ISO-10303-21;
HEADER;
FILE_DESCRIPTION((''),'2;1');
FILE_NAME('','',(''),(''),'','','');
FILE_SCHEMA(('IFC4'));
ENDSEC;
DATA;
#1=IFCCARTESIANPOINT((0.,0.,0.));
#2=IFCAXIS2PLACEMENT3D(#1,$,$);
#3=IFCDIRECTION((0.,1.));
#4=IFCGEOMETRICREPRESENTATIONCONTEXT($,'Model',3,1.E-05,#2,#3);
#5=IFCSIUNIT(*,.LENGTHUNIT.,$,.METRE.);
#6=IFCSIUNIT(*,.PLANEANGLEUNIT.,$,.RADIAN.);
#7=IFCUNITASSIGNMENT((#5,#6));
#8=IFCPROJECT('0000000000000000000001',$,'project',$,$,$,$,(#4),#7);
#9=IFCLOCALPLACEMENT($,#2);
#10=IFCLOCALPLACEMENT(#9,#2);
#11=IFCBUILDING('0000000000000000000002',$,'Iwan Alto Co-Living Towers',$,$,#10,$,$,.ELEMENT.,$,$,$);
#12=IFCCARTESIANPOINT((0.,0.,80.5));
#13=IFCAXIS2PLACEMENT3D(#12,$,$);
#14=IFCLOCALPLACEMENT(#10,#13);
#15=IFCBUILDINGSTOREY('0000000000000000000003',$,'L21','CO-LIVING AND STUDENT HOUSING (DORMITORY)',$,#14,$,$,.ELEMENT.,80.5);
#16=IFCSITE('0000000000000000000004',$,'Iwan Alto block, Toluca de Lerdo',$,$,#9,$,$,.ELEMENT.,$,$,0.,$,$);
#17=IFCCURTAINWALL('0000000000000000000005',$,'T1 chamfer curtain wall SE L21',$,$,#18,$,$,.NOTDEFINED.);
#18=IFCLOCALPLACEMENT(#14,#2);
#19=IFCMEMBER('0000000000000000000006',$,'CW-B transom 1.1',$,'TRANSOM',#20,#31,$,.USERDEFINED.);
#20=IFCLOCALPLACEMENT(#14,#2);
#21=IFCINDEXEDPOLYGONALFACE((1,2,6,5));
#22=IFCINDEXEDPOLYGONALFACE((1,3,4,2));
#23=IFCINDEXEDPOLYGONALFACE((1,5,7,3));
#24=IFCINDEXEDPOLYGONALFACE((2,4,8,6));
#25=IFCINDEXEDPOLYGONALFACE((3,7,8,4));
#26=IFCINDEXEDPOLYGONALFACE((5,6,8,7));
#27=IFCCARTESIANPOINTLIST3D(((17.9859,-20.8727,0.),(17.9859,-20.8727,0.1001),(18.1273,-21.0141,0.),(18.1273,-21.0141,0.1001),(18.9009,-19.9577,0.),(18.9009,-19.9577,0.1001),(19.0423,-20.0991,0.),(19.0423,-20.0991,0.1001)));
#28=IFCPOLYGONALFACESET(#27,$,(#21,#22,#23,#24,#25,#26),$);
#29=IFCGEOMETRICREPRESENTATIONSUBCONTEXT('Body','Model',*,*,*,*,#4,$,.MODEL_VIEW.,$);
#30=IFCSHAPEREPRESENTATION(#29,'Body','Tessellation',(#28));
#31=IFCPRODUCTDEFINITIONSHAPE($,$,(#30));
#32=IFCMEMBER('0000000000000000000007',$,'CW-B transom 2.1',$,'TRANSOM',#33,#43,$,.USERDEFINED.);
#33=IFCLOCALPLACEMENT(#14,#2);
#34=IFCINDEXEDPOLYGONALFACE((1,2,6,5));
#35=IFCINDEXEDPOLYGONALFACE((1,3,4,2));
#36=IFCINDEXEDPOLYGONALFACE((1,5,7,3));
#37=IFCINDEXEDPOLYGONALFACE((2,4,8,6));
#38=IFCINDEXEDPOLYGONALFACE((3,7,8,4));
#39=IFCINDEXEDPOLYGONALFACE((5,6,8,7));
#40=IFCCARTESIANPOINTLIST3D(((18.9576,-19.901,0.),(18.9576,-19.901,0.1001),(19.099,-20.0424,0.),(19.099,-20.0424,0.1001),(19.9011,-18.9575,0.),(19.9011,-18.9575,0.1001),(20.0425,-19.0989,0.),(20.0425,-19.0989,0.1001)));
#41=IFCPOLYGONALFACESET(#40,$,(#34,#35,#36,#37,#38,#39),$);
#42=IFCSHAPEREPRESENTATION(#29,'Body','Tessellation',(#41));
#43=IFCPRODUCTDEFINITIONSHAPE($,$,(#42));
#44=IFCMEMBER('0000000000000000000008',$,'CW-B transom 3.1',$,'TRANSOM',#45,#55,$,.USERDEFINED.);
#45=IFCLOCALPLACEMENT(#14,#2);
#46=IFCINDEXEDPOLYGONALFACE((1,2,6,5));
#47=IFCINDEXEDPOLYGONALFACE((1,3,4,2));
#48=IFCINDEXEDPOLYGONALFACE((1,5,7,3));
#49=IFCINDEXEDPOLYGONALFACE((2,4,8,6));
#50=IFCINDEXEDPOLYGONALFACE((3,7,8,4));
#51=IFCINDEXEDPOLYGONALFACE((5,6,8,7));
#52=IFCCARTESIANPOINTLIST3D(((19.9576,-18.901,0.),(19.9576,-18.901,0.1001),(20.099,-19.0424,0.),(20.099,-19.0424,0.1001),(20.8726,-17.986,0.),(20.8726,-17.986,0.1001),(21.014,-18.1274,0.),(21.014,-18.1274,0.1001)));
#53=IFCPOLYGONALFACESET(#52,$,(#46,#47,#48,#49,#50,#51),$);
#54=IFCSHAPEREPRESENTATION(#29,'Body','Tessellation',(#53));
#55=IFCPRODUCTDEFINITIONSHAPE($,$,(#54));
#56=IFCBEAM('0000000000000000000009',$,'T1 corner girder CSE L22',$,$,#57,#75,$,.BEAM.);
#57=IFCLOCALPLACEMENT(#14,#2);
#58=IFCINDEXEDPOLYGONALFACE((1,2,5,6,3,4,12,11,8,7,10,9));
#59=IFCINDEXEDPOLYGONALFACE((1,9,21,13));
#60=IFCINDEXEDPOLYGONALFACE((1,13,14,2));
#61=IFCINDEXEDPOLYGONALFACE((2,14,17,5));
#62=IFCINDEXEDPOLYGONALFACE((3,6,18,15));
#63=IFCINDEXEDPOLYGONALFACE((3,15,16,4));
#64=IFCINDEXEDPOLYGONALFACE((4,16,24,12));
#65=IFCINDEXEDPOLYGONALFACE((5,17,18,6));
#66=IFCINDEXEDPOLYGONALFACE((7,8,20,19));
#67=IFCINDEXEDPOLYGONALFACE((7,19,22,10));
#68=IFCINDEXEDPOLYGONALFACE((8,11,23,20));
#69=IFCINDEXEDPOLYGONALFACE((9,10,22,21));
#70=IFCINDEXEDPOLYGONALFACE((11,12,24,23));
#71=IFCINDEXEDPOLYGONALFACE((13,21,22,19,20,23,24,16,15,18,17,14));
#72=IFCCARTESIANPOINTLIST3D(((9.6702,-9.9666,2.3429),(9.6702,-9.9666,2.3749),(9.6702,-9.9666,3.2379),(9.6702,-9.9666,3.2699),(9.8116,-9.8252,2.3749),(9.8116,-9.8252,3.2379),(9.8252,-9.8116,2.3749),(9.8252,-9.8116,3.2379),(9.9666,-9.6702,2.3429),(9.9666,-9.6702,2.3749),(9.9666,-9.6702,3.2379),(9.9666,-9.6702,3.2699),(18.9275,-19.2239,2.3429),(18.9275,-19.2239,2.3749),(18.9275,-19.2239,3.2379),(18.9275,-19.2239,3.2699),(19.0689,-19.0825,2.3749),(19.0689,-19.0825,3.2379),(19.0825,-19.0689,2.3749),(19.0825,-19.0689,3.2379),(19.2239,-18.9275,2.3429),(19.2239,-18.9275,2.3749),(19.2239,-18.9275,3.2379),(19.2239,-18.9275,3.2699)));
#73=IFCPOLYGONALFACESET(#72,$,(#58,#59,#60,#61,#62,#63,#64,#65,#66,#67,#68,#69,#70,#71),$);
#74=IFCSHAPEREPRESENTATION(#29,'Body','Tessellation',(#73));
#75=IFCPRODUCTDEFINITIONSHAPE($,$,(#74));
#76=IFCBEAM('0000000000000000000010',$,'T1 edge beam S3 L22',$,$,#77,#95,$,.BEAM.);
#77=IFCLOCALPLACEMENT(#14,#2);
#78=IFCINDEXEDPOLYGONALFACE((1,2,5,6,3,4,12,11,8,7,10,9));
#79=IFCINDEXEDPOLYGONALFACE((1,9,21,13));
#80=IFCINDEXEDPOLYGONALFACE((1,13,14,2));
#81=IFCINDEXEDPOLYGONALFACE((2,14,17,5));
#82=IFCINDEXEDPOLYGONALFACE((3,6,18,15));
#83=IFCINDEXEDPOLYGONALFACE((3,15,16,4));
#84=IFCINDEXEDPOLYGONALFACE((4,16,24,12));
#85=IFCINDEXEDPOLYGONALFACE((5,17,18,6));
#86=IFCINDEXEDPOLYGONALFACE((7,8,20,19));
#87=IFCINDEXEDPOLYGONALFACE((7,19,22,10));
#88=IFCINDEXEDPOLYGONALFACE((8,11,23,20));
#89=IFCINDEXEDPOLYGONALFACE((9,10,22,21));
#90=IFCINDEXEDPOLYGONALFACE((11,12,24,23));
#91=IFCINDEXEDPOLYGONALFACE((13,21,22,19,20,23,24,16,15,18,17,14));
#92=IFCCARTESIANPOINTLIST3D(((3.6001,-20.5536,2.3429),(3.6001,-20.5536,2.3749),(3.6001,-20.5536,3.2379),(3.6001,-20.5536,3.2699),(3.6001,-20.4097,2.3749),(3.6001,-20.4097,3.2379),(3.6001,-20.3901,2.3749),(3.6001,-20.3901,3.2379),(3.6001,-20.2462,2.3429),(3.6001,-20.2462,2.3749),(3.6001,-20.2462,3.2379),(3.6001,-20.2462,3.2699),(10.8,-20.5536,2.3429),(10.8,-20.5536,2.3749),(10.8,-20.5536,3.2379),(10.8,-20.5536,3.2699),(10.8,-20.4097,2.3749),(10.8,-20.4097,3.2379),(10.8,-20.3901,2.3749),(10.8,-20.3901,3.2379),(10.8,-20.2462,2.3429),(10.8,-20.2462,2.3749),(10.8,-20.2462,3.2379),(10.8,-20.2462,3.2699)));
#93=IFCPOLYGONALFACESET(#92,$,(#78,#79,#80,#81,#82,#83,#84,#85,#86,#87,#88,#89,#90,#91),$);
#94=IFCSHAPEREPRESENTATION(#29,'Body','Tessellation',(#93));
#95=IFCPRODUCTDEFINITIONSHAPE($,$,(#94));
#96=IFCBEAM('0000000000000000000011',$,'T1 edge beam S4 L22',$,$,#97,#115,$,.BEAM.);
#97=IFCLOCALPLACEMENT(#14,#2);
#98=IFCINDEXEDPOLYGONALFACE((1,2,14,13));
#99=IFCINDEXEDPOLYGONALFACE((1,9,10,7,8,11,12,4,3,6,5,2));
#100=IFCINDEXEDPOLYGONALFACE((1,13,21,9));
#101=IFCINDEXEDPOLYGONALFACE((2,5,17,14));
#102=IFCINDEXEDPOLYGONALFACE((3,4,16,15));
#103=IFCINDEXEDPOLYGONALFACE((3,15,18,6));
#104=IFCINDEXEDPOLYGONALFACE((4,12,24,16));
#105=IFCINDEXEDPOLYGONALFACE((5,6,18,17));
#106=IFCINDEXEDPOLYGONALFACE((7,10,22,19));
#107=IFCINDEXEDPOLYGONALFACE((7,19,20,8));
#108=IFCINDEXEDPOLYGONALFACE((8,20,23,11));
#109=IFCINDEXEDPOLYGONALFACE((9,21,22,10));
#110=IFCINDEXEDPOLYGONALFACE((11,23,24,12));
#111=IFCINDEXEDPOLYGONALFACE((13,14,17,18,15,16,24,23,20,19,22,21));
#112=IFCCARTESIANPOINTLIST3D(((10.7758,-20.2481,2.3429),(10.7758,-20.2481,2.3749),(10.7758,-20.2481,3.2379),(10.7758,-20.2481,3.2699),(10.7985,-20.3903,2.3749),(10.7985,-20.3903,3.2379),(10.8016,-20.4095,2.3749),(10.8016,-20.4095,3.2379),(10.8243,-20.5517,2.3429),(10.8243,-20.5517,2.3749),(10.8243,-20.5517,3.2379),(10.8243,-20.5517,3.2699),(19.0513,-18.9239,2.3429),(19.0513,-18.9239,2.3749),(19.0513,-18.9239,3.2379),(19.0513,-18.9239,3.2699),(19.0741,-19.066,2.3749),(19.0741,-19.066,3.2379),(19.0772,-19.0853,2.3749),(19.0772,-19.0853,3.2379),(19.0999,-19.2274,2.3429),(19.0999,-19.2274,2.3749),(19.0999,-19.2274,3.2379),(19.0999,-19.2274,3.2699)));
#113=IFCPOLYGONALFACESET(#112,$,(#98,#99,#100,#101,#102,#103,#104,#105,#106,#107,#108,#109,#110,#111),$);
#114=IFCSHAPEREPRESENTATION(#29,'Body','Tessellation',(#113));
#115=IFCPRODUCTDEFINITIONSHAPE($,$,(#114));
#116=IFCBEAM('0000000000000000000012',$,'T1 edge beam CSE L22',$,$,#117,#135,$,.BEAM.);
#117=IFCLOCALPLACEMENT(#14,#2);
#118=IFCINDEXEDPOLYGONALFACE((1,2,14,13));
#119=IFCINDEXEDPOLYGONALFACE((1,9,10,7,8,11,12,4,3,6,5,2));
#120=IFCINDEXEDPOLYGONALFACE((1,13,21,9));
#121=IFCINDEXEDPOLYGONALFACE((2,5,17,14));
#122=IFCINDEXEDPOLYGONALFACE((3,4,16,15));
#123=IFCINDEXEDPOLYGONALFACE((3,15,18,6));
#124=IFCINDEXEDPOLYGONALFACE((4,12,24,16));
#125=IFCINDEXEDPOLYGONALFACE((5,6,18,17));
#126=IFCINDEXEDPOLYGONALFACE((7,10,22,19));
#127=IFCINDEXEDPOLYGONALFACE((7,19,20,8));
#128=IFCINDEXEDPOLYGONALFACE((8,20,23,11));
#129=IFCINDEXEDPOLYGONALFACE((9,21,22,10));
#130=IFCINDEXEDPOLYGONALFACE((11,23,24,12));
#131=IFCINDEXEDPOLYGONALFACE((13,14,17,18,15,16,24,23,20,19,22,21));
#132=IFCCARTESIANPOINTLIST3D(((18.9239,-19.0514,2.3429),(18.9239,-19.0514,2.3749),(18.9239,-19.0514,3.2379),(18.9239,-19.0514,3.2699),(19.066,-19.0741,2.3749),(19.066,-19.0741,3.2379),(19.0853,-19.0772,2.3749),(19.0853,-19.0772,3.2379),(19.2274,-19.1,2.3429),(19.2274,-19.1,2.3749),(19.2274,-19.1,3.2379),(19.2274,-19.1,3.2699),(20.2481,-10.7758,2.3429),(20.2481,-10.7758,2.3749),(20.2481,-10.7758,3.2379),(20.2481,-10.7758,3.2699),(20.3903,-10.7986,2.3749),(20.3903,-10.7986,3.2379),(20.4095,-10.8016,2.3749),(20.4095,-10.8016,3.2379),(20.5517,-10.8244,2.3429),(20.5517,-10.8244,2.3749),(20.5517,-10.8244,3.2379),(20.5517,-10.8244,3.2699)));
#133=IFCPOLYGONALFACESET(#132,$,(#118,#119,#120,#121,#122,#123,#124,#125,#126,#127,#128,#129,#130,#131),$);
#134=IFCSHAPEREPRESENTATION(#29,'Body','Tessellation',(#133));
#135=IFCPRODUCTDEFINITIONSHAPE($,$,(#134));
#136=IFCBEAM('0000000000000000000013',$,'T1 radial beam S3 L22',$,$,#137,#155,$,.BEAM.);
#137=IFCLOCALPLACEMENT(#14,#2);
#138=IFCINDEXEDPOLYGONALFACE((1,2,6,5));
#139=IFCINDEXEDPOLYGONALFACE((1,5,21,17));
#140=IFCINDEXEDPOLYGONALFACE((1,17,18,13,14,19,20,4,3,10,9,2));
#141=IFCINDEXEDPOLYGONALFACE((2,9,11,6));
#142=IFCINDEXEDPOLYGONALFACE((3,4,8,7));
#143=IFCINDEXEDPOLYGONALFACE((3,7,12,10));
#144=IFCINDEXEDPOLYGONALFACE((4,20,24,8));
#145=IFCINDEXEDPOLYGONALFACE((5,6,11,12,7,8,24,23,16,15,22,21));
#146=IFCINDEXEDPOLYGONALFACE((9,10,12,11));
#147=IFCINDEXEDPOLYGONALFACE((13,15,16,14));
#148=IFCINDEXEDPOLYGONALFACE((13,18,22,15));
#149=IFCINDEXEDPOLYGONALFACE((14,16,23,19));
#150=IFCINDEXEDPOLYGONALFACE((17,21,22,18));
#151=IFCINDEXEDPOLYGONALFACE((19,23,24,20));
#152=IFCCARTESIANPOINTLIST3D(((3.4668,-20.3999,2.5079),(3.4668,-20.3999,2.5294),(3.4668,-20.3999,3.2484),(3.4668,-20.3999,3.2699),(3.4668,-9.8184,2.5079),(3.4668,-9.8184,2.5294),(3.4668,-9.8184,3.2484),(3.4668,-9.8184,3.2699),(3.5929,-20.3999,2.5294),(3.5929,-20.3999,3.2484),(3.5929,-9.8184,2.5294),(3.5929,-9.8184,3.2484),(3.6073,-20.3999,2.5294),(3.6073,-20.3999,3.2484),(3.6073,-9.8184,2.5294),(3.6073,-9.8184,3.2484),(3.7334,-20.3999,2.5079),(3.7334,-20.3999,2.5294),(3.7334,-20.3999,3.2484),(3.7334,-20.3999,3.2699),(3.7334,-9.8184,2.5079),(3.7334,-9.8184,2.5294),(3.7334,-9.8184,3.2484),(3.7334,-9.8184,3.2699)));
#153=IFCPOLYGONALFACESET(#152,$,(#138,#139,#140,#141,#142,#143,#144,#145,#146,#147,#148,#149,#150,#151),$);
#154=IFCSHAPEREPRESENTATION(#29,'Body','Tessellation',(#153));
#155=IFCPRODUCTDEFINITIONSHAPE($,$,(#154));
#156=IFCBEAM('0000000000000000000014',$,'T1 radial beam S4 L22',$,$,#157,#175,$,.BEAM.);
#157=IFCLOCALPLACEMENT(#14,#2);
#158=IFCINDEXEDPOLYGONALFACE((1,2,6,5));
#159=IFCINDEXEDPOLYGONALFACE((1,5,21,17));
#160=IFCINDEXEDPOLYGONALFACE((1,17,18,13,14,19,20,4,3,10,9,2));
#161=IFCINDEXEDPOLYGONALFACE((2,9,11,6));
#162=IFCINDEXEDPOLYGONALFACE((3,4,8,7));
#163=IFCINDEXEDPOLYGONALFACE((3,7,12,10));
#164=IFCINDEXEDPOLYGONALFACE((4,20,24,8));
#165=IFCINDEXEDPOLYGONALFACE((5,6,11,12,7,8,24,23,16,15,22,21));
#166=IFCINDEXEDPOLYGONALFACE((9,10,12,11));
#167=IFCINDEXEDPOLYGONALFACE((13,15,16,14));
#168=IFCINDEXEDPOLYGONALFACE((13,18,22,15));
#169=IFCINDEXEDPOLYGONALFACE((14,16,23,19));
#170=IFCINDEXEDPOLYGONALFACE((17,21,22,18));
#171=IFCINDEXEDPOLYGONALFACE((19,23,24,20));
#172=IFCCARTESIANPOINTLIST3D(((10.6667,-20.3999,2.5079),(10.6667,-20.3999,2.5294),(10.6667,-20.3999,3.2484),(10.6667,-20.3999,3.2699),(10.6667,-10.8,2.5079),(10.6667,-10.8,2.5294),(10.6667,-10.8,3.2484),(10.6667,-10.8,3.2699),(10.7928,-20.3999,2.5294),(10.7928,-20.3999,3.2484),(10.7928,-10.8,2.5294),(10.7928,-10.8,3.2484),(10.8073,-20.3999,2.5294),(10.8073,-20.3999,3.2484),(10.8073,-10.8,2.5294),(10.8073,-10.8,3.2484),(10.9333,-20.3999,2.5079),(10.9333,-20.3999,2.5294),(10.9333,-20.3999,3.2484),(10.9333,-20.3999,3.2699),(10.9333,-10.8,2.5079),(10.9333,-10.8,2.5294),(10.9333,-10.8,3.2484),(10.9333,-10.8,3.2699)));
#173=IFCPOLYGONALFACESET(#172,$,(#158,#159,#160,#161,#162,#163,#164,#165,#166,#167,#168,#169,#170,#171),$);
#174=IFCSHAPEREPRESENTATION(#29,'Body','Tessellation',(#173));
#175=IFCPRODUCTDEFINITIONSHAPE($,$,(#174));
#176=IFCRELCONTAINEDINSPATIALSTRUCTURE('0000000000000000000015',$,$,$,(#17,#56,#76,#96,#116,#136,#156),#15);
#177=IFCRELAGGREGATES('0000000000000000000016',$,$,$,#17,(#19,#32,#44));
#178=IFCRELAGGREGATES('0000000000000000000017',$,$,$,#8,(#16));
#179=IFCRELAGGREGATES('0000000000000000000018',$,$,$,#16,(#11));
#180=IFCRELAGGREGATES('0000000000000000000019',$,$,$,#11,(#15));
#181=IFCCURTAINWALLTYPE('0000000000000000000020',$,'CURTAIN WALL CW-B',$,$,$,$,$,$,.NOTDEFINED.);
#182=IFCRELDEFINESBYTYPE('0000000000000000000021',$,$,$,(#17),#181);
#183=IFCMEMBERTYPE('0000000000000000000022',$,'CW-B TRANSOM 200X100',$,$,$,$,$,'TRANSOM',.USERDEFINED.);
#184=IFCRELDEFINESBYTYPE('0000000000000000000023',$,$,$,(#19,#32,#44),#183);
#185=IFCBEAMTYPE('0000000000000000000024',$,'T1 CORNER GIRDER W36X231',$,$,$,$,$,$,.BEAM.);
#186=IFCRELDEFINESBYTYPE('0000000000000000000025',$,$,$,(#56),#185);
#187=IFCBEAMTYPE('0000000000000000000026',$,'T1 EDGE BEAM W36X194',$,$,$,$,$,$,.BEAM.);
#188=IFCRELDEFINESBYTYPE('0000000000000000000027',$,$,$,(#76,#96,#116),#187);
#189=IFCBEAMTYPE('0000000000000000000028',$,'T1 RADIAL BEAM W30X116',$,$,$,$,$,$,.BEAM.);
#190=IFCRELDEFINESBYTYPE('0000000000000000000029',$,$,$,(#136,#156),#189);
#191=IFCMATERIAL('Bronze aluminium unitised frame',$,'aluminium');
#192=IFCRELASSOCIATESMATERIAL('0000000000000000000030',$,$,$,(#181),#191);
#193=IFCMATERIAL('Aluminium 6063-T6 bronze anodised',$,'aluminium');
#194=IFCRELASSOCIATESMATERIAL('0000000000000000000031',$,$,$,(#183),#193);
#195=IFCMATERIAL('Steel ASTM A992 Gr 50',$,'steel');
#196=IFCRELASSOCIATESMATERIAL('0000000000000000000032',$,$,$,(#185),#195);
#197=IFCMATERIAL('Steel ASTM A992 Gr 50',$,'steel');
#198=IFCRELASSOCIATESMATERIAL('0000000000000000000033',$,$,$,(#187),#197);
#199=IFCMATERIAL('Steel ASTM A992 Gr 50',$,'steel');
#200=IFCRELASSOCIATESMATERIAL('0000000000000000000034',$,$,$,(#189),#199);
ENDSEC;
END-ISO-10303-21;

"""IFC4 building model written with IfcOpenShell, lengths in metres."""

from ifc_helpers import new_model, si_unit, direction, frame, origin, origin_2d, place, context, subcontext, project, spatial, rectangle, i_section, extrude, material, material_profile, profile_set, type_object, element, aggregate, save


model = new_model("IFC4")

# Units and contexts
model_context = context("Model", 3, precision=1e-05, world=origin(), true_north=direction((0.0, 1.0)))
body_context = subcontext(model_context, "Body", "Model", "MODEL_VIEW")
ifc_project = project(units=[si_unit("LENGTHUNIT", "METRE"), si_unit("PLANEANGLEUNIT", "RADIAN")], contexts=[model_context])

# Site, building, storey
site_placement = place(None, origin())
site = spatial("IfcSite", under=ifc_project, at=site_placement, Name="Iwan Alto block, Toluca de Lerdo", CompositionType="ELEMENT", RefElevation=0.0)
building_placement = place(site_placement, origin())
building = spatial("IfcBuilding", under=site, at=building_placement, Name="Iwan Alto Co-Living Towers", CompositionType="ELEMENT")
storey_placement = place(building_placement, frame((0.0, 0.0, 80.5)))
storey = spatial("IfcBuildingStorey", under=building, at=storey_placement, Name="L21", Description="CO-LIVING AND STUDENT HOUSING (DORMITORY)", CompositionType="ELEMENT", Elevation=80.5)

# Curtain wall, members
ifc_material_1 = material(Name="Bronze aluminium unitised frame", Category="aluminium")
curtain_wall_type_1 = type_object("IfcCurtainWallType", Name="CURTAIN WALL CW-B", PredefinedType="NOTDEFINED", material=ifc_material_1)
curtain_wall_1_placement = place(storey_placement, origin())
curtain_wall_1 = element("IfcCurtainWall", 1, at=curtain_wall_1_placement, inside=storey, type_object=curtain_wall_type_1, Name="T1 chamfer curtain wall SE L21", PredefinedType="NOTDEFINED")
ifc_material_2 = material(Name="Aluminium 6063-T6 bronze anodised", Category="aluminium")
ifc_material_profile_1 = material_profile(ifc_material_2, rectangle(XDim=0.2, YDim=0.1001, at=origin_2d()), Name="AL 200X100")
ifc_profile_set_1 = profile_set([ifc_material_profile_1], Name="Aluminium 6063-T6 bronze anodised")
member_type_1 = type_object("IfcMemberType", Name="CW-B TRANSOM 200X100", ElementType="TRANSOM", PredefinedType="USERDEFINED", material=ifc_profile_set_1)
member_1_placement = place(storey_placement, frame((18.0566, -20.9434, 0.05), z_axis=(0.707107, 0.707107, 0.0), x_axis=(-0.707107, 0.707107, 0.0)))
member_1 = element("IfcMember", 2, at=member_1_placement, type_object=member_type_1, Name="CW-B transom 1.1", ObjectType="TRANSOM", PredefinedType="USERDEFINED", context=body_context, shape_type="SweptSolid", body=[
    extrude(rectangle(XDim=0.2, YDim=0.1001, at=origin_2d()), origin(), (0.0, 0.0, 1.0), 1.2939),
])
member_2_placement = place(storey_placement, frame((19.0283, -19.9717, 0.05), z_axis=(0.707107, 0.707107, 0.0), x_axis=(-0.707107, 0.707107, 0.0)))
member_2 = element("IfcMember", 3, at=member_2_placement, type_object=member_type_1, Name="CW-B transom 2.1", ObjectType="TRANSOM", PredefinedType="USERDEFINED", context=body_context, shape_type="SweptSolid", body=[
    extrude(rectangle(XDim=0.2, YDim=0.1001, at=origin_2d()), origin(), (0.0, 0.0, 1.0), 1.3342),
])
member_3_placement = place(storey_placement, frame((20.0283, -18.9717, 0.05), z_axis=(0.707107, 0.707107, 0.0), x_axis=(-0.707107, 0.707107, 0.0)))
member_3 = element("IfcMember", 4, at=member_3_placement, type_object=member_type_1, Name="CW-B transom 3.1", ObjectType="TRANSOM", PredefinedType="USERDEFINED", context=body_context, shape_type="SweptSolid", body=[
    extrude(rectangle(XDim=0.2, YDim=0.1001, at=origin_2d()), origin(), (0.0, 0.0, 1.0), 1.2939),
])

# Beams
ifc_material_3 = material(Name="Steel ASTM A992 Gr 50", Category="steel")
ifc_material_profile_2 = material_profile(ifc_material_3, i_section(OverallWidth=0.4192, OverallDepth=0.927, WebThickness=0.0193, FlangeThickness=0.032, at=origin_2d()), Name="W36X231")
ifc_profile_set_2 = profile_set([ifc_material_profile_2], Name="Steel ASTM A992 Gr 50")
beam_type_1 = type_object("IfcBeamType", Name="T1 CORNER GIRDER W36X231", PredefinedType="BEAM", material=ifc_profile_set_2)
beam_1_placement = place(storey_placement, frame((19.0757, -19.0757, 2.8064), z_axis=(-0.707107, 0.707107, 0.0), x_axis=(-0.707107, -0.707107, 0.0)))
element("IfcBeam", 5, at=beam_1_placement, inside=storey, type_object=beam_type_1, Name="T1 corner girder CSE L22", PredefinedType="BEAM", context=body_context, shape_type="SweptSolid", body=[
    extrude(i_section(OverallWidth=0.4192, OverallDepth=0.927, WebThickness=0.0193, FlangeThickness=0.032, at=origin_2d()), origin(), (0.0, 0.0, 1.0), 13.0918),
])
ifc_material_4 = material(Name="Steel ASTM A992 Gr 50", Category="steel")
ifc_material_profile_3 = material_profile(ifc_material_4, i_section(OverallWidth=0.3074, OverallDepth=0.927, WebThickness=0.0195, FlangeThickness=0.032, at=origin_2d()), Name="W36X194")
ifc_profile_set_3 = profile_set([ifc_material_profile_3], Name="Steel ASTM A992 Gr 50")
beam_type_2 = type_object("IfcBeamType", Name="T1 EDGE BEAM W36X194", PredefinedType="BEAM", material=ifc_profile_set_3)
beam_2_placement = place(storey_placement, frame((3.6001, -20.3999, 2.8064), z_axis=(1.0, 0.0, 0.0), x_axis=(0.0, 1.0, 0.0)))
element("IfcBeam", 6, at=beam_2_placement, inside=storey, type_object=beam_type_2, Name="T1 edge beam S3 L22", PredefinedType="BEAM", context=body_context, shape_type="SweptSolid", body=[
    extrude(i_section(OverallWidth=0.3074, OverallDepth=0.927, WebThickness=0.0195, FlangeThickness=0.032, at=origin_2d()), origin(), (0.0, 0.0, 1.0), 7.2),
])
for number, where, z_axis, x_axis, name in (
    (7, (10.8, -20.3999, 2.8064), (0.987438, 0.158004, 0.0), (-0.158004, 0.987438, 0.0), "T1 edge beam S4 L22"),
    (8, (19.0757, -19.0757, 2.8064), (0.158004, 0.987438, 0.0), (-0.987438, 0.158004, 0.0), "T1 edge beam CSE L22"),
):
    element("IfcBeam", number, at=place(storey_placement, frame(where, z_axis=z_axis, x_axis=x_axis)), inside=storey, type_object=beam_type_2, Name=name, PredefinedType="BEAM", context=body_context, shape_type="SweptSolid", body=[
        extrude(i_section(OverallWidth=0.3074, OverallDepth=0.927, WebThickness=0.0195, FlangeThickness=0.032, at=origin_2d()), origin(), (0.0, 0.0, 1.0), 8.3809),
    ])
ifc_material_5 = material(Name="Steel ASTM A992 Gr 50", Category="steel")
ifc_material_profile_4 = material_profile(ifc_material_5, i_section(OverallWidth=0.2666, OverallDepth=0.762, WebThickness=0.0144, FlangeThickness=0.0215, at=origin_2d()), Name="W30X116")
ifc_profile_set_4 = profile_set([ifc_material_profile_4], Name="Steel ASTM A992 Gr 50")
beam_type_3 = type_object("IfcBeamType", Name="T1 RADIAL BEAM W30X116", PredefinedType="BEAM", material=ifc_profile_set_4)
beam_3_placement = place(storey_placement, frame((3.6001, -20.3999, 2.8889), z_axis=(0.0, 1.0, 0.0), x_axis=(-1.0, 0.0, 0.0)))
element("IfcBeam", 9, at=beam_3_placement, inside=storey, type_object=beam_type_3, Name="T1 radial beam S3 L22", PredefinedType="BEAM", context=body_context, shape_type="SweptSolid", body=[
    extrude(i_section(OverallWidth=0.2666, OverallDepth=0.762, WebThickness=0.0144, FlangeThickness=0.0215, at=origin_2d()), origin(), (0.0, 0.0, 1.0), 10.5815),
])
beam_4_placement = place(storey_placement, frame((10.8, -20.3999, 2.8889), z_axis=(0.0, 1.0, 0.0), x_axis=(-1.0, 0.0, 0.0)))
element("IfcBeam", 10, at=beam_4_placement, inside=storey, type_object=beam_type_3, Name="T1 radial beam S4 L22", PredefinedType="BEAM", context=body_context, shape_type="SweptSolid", body=[
    extrude(i_section(OverallWidth=0.2666, OverallDepth=0.762, WebThickness=0.0144, FlangeThickness=0.0215, at=origin_2d()), origin(), (0.0, 0.0, 1.0), 9.5999),
])

aggregate(curtain_wall_1, [member_1, member_2, member_3])

save(model, "model.ifc")
